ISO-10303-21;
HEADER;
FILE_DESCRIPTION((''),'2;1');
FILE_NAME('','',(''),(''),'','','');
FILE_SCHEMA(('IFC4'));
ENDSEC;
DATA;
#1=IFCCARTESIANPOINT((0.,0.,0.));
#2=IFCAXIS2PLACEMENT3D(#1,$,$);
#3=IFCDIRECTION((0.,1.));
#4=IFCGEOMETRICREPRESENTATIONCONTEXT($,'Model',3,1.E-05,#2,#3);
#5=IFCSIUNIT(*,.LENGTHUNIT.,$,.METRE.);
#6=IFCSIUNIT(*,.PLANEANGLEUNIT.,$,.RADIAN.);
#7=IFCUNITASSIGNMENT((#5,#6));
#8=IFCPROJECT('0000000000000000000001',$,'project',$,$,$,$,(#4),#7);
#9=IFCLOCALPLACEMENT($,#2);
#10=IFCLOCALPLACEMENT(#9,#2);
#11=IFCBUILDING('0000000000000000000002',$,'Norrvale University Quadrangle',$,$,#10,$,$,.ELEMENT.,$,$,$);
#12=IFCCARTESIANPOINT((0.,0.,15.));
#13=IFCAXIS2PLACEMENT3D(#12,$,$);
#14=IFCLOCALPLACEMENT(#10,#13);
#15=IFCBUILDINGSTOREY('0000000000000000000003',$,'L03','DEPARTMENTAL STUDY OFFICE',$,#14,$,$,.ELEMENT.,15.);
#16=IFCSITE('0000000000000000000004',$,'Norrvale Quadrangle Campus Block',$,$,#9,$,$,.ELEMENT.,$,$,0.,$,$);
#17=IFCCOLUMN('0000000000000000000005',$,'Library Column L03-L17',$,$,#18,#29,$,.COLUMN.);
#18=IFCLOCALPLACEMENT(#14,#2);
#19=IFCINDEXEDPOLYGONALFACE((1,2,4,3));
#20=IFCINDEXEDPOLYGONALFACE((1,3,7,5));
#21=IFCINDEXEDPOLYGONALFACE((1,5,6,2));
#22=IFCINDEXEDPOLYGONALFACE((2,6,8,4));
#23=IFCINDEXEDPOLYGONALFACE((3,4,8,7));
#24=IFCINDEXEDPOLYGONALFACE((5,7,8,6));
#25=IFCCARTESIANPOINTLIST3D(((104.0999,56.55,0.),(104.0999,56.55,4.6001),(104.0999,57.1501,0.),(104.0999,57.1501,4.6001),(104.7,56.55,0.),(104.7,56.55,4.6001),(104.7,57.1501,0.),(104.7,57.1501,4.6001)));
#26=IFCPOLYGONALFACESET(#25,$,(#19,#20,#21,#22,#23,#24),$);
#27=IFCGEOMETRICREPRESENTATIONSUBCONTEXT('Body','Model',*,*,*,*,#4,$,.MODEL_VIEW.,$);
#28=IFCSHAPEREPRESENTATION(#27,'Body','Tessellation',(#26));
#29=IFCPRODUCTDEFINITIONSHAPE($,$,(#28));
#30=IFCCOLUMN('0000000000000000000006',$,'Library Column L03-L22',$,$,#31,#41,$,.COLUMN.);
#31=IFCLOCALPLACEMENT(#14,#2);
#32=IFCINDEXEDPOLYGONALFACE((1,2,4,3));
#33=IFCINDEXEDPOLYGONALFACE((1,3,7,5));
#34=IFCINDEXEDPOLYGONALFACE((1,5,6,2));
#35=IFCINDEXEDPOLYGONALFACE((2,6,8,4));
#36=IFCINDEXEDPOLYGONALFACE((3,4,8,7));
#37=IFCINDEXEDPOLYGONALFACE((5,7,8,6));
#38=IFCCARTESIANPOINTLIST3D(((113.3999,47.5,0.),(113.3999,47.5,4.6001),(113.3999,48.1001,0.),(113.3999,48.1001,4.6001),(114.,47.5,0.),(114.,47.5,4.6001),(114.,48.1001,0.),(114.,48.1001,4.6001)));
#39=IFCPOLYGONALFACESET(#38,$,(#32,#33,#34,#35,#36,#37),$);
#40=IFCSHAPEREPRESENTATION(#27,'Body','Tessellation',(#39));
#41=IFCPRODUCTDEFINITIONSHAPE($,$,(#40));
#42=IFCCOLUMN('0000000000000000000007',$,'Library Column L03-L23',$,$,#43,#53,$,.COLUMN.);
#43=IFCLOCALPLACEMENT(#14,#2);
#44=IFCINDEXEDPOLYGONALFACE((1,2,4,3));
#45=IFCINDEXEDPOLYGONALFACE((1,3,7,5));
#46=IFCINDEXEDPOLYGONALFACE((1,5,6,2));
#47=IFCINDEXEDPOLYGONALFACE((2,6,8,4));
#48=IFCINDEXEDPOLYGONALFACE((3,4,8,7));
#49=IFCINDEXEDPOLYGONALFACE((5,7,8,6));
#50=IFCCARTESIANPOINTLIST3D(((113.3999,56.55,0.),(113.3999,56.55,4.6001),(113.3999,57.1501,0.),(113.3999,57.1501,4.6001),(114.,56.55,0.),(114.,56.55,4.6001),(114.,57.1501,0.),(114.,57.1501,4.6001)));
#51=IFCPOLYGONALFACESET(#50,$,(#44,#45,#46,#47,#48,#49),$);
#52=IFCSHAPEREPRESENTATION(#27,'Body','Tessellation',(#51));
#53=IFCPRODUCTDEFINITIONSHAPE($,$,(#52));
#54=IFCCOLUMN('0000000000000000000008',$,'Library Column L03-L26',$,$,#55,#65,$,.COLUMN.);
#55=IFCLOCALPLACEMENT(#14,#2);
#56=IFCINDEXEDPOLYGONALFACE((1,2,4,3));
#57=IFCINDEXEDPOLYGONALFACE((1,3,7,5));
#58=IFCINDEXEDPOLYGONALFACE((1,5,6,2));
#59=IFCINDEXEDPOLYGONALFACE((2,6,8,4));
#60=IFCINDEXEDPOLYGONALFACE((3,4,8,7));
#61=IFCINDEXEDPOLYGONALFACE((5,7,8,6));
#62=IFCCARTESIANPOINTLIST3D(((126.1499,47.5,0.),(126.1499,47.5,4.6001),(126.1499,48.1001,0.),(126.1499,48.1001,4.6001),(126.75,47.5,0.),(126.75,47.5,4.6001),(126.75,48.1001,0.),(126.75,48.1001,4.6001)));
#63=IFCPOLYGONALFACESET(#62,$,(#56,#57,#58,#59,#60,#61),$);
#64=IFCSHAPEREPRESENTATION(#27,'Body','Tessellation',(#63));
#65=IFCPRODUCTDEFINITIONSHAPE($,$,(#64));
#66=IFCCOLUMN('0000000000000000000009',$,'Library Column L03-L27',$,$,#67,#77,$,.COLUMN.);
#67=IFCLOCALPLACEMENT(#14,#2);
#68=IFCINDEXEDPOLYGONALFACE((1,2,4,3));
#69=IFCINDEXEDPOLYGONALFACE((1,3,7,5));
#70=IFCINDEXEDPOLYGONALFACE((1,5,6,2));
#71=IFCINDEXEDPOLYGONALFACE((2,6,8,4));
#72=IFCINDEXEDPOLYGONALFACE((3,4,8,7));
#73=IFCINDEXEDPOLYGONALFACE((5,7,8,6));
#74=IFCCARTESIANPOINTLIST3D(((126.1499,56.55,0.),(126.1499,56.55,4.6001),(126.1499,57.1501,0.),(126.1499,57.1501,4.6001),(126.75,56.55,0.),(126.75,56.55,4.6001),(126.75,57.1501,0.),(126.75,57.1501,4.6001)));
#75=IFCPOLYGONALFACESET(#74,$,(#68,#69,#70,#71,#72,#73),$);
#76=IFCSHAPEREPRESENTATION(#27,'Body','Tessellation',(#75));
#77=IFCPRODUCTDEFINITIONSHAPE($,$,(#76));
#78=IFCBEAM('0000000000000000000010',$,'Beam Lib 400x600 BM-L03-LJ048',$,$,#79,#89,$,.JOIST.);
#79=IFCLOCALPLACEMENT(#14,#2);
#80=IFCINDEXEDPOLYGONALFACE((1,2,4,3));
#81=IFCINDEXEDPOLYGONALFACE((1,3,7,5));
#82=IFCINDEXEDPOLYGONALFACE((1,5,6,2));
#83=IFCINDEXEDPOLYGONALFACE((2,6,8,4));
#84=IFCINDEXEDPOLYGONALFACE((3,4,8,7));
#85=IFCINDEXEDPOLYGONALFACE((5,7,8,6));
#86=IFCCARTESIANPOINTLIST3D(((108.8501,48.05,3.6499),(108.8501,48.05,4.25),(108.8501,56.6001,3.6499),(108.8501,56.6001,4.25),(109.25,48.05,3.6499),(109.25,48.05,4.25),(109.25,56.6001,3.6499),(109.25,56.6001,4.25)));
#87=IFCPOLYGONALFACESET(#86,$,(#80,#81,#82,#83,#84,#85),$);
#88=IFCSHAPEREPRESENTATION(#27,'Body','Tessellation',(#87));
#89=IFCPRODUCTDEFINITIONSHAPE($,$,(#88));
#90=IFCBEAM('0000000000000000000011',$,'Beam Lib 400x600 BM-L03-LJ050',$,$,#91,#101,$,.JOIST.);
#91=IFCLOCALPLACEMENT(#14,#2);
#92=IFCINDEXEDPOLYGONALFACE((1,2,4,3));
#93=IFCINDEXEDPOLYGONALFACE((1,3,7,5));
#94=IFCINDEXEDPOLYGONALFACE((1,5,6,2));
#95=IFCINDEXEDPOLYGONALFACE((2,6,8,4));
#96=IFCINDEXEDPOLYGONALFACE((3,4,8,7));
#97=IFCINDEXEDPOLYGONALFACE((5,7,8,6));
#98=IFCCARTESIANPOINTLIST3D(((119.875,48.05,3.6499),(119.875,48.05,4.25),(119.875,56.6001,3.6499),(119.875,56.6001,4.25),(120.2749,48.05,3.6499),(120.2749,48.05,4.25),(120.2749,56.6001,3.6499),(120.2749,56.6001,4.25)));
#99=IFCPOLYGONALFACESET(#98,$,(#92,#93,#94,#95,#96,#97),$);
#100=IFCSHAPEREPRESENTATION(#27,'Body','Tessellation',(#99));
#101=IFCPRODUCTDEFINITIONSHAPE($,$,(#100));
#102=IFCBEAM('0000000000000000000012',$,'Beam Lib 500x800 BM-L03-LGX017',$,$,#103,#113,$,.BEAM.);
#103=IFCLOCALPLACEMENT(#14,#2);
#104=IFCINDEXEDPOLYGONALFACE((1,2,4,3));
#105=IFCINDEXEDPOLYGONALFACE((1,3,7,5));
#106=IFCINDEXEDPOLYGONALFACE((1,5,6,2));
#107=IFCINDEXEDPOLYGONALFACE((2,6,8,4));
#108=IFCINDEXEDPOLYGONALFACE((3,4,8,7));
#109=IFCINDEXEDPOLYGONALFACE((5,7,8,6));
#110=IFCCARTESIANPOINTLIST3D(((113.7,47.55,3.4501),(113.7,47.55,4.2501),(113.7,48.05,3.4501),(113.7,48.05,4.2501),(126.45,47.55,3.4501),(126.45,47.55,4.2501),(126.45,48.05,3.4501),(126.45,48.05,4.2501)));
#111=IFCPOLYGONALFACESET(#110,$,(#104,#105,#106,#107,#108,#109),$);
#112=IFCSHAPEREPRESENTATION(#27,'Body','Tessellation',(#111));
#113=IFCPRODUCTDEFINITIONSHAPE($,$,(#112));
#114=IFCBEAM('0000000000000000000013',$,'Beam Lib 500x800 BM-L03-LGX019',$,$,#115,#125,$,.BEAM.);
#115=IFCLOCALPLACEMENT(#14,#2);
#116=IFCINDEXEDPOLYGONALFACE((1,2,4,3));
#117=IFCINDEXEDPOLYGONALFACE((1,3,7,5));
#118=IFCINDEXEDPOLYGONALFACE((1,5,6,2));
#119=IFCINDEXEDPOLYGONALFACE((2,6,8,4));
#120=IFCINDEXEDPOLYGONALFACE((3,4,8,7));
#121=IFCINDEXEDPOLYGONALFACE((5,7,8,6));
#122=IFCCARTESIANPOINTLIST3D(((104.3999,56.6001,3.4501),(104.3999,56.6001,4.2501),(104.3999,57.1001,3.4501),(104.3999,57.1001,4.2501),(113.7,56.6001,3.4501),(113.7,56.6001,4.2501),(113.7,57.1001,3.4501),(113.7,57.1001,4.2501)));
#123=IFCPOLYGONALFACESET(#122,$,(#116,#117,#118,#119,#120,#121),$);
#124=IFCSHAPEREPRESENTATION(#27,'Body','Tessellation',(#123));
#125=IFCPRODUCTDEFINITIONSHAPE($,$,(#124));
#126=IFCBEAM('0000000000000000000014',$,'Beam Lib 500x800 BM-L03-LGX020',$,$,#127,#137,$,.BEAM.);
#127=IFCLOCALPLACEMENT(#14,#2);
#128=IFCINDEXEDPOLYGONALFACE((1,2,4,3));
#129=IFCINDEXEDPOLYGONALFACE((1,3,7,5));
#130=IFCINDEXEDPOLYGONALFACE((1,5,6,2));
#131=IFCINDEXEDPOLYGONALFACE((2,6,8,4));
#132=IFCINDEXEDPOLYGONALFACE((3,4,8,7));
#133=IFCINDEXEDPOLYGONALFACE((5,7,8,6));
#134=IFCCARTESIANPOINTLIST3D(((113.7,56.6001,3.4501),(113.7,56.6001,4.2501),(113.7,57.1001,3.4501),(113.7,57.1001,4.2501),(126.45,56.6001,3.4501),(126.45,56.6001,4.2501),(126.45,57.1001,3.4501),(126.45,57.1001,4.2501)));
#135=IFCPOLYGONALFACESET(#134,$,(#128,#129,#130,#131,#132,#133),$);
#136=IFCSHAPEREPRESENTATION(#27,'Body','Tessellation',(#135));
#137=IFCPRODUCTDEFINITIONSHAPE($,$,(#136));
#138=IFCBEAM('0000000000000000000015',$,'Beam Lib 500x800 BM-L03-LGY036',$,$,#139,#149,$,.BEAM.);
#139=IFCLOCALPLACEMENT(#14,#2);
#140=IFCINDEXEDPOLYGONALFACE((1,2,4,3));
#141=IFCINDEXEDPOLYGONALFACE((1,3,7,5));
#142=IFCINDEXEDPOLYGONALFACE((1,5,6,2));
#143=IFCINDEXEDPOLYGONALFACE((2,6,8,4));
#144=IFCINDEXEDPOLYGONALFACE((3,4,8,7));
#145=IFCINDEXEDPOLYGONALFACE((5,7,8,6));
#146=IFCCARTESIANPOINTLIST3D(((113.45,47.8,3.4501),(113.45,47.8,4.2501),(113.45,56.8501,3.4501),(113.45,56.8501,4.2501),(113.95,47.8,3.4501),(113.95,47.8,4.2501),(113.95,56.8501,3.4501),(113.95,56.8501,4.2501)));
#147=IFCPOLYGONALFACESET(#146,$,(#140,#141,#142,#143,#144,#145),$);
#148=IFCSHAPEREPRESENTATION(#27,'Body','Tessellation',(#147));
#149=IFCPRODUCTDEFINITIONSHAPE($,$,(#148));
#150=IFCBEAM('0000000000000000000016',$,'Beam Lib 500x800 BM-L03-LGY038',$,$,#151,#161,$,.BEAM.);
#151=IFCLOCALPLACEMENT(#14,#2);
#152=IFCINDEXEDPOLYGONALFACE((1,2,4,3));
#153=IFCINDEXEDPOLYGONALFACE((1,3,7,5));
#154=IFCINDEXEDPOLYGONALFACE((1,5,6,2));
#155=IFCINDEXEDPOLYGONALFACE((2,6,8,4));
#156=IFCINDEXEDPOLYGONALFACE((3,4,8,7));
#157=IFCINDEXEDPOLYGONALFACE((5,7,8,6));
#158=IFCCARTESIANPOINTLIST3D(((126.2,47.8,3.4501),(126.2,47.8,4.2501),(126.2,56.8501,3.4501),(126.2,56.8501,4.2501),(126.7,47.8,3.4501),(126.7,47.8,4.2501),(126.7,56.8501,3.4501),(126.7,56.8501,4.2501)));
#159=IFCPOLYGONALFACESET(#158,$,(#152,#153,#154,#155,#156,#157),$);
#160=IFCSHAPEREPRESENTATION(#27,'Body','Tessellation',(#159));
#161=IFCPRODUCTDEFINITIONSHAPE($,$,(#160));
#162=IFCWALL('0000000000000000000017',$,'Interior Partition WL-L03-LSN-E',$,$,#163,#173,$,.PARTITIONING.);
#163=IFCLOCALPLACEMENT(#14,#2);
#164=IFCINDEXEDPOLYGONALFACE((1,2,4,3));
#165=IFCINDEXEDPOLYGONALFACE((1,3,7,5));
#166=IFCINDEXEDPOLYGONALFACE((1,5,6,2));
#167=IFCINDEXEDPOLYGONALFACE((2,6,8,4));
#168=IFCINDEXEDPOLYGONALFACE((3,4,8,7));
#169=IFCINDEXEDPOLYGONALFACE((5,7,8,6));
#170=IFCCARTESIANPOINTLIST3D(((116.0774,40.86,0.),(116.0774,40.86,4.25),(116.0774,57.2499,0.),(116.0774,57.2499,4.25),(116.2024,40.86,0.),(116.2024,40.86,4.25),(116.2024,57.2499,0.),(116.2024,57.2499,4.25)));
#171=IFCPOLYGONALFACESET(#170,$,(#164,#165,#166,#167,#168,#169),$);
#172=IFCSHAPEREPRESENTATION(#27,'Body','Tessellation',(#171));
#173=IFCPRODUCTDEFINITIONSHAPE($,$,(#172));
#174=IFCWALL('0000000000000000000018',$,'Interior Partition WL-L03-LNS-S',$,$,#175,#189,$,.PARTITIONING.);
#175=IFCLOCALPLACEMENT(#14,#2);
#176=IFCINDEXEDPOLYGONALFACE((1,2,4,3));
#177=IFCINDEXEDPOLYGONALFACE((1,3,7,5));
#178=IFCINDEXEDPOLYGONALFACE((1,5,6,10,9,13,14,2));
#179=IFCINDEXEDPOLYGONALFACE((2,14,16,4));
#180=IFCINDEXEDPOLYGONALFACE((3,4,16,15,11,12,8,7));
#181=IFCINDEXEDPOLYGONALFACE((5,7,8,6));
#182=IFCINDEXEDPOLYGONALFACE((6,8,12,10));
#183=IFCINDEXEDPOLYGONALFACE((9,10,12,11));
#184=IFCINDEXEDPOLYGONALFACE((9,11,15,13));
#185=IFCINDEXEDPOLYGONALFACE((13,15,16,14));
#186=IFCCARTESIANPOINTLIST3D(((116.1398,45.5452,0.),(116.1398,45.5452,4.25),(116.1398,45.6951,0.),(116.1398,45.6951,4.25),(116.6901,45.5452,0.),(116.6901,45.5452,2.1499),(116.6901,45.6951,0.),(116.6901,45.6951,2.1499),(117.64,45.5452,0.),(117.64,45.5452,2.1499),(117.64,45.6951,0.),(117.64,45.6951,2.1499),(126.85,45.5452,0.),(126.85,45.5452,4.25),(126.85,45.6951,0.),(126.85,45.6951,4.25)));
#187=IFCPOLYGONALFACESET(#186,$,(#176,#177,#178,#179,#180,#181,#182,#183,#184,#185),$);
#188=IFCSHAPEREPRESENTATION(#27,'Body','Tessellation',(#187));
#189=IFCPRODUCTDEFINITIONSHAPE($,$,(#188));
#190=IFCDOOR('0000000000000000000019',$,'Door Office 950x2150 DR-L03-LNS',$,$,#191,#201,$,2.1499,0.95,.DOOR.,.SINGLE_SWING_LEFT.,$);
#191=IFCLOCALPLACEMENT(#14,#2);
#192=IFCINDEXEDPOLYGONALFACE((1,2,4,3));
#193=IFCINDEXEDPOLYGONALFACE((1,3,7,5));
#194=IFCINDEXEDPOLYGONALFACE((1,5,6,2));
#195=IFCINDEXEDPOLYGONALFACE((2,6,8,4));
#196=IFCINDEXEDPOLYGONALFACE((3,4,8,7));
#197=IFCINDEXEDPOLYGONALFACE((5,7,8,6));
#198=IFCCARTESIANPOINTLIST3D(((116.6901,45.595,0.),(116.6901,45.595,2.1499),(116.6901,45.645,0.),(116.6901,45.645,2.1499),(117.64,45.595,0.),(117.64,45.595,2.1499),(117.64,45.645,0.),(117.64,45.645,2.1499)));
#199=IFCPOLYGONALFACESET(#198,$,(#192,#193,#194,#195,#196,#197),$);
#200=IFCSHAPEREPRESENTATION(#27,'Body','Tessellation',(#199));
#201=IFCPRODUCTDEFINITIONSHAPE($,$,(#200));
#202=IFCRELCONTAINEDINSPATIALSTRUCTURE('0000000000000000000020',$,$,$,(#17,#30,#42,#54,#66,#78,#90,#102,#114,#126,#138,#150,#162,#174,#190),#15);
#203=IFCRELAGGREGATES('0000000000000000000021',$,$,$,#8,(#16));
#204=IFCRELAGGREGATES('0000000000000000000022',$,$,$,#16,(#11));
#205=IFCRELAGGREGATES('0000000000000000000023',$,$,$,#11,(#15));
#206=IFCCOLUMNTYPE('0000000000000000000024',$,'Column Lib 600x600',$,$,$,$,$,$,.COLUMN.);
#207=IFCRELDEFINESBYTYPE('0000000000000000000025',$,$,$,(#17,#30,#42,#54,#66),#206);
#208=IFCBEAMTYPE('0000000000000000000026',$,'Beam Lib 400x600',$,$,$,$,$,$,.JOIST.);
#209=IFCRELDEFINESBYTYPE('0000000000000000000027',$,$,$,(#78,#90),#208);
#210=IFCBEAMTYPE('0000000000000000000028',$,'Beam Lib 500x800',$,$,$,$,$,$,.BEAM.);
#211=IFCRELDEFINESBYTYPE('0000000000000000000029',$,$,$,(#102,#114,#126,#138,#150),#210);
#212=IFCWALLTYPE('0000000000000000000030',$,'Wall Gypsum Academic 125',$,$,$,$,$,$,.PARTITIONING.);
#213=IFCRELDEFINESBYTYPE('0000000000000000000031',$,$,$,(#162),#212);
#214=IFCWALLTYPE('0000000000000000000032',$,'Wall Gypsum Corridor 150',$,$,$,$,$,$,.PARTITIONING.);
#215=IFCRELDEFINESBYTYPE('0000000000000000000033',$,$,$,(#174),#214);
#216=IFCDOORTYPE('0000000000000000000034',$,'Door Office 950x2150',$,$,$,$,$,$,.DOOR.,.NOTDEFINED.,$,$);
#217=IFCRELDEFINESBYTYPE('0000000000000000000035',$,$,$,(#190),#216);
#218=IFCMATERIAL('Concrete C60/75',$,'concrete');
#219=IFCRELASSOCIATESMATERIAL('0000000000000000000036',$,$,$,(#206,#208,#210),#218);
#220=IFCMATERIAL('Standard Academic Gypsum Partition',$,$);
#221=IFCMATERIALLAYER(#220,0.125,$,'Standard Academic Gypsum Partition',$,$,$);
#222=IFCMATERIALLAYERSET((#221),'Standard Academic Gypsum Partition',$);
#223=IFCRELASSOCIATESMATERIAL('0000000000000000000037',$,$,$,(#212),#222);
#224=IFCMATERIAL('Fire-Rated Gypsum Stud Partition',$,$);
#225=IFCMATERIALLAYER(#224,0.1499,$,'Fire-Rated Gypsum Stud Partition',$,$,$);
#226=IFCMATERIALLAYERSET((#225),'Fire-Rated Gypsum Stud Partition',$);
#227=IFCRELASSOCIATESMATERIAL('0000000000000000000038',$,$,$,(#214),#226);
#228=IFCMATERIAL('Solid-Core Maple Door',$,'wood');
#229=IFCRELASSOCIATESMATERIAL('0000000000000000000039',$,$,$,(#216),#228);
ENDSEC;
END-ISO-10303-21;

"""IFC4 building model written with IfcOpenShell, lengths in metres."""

from ifc_helpers import new_model, si_unit, direction, frame, frame_2d, origin, origin_2d, place, context, subcontext, project, spatial, rectangle, extrude, material, layer, layer_set, material_profile, profile_set, type_object, element, fill, save


model = new_model("IFC4")

# Units and contexts
model_context = context("Model", 3, precision=1e-05, world=origin(), true_north=direction((0.0, 1.0)))
body_context = subcontext(model_context, "Body", "Model", "MODEL_VIEW")
ifc_project = project(units=[si_unit("LENGTHUNIT", "METRE"), si_unit("PLANEANGLEUNIT", "RADIAN")], contexts=[model_context])

# Site, building, storey
site_placement = place(None, origin())
site = spatial("IfcSite", under=ifc_project, at=site_placement, Name="Norrvale Quadrangle Campus Block", CompositionType="ELEMENT", RefElevation=0.0)
building_placement = place(site_placement, origin())
building = spatial("IfcBuilding", under=site, at=building_placement, Name="Norrvale University Quadrangle", CompositionType="ELEMENT")
storey_placement = place(building_placement, frame((0.0, 0.0, 15.0)))
storey = spatial("IfcBuildingStorey", under=building, at=storey_placement, Name="L03", Description="DEPARTMENTAL STUDY OFFICE", CompositionType="ELEMENT", Elevation=15.0)

# Columns
ifc_material_1 = material(Name="Concrete C60/75", Category="concrete")
ifc_material_profile_1 = material_profile(ifc_material_1, rectangle(XDim=0.6001, YDim=0.6001, at=origin_2d()), Name="Concrete C60/75")
ifc_profile_set_1 = profile_set([ifc_material_profile_1], Name="Concrete C60/75")
column_type = type_object("IfcColumnType", Name="Column Lib 600x600", PredefinedType="COLUMN", material=ifc_profile_set_1)
for number, where, z_axis, x_axis, name in (
    (1, (104.3999, 56.8501, 0.0), (0.0, 0.0, 1.0), (1.0, 0.0, 0.0), "Library Column L03-L17"),
    (2, (113.7, 47.8, 0.0), (0.0, 0.0, 1.0), (1.0, 0.0, 0.0), "Library Column L03-L22"),
    (3, (113.7, 56.8501, 0.0), (0.0, 0.0, 1.0), (1.0, 0.0, 0.0), "Library Column L03-L23"),
    (4, (126.45, 47.8, 0.0), (0.0, 0.0, 1.0), (1.0, 0.0, 0.0), "Library Column L03-L26"),
    (5, (126.45, 56.8501, 0.0), (0.0, 0.0, 1.0), (1.0, 0.0, 0.0), "Library Column L03-L27"),
):
    element("IfcColumn", number, at=place(storey_placement, frame(where, z_axis=z_axis, x_axis=x_axis)), inside=storey, type_object=column_type, Name=name, PredefinedType="COLUMN", context=body_context, shape_type="SweptSolid", body=[
        extrude(rectangle(XDim=0.6001, YDim=0.6001, at=origin_2d()), origin(), (0.0, 0.0, 1.0), 4.6001),
    ])

# Beams
ifc_material_profile_2 = material_profile(ifc_material_1, rectangle(XDim=0.3999, YDim=0.6001, at=origin_2d()), Name="Concrete C60/75")
ifc_profile_set_2 = profile_set([ifc_material_profile_2], Name="Concrete C60/75")
beam_type_1 = type_object("IfcBeamType", Name="Beam Lib 400x600", PredefinedType="JOIST", material=ifc_profile_set_2)
for number, where, z_axis, x_axis, name in (
    (6, (109.05, 48.05, 3.95), (0.0, 1.0, 0.0), (-1.0, 0.0, 0.0), "Beam Lib 400x600 BM-L03-LJ048"),
    (7, (120.075, 48.05, 3.95), (0.0, 1.0, 0.0), (-1.0, 0.0, 0.0), "Beam Lib 400x600 BM-L03-LJ050"),
):
    element("IfcBeam", number, at=place(storey_placement, frame(where, z_axis=z_axis, x_axis=x_axis)), inside=storey, type_object=beam_type_1, Name=name, PredefinedType="JOIST", context=body_context, shape_type="SweptSolid", body=[
        extrude(rectangle(XDim=0.3999, YDim=0.6001, at=origin_2d()), origin(), (0.0, 0.0, 1.0), 8.55),
    ])
ifc_material_profile_3 = material_profile(ifc_material_1, rectangle(XDim=0.5, YDim=0.8, at=origin_2d()), Name="Concrete C60/75")
ifc_profile_set_3 = profile_set([ifc_material_profile_3], Name="Concrete C60/75")
beam_type_2 = type_object("IfcBeamType", Name="Beam Lib 500x800", PredefinedType="BEAM", material=ifc_profile_set_3)
beam_1_placement = place(storey_placement, frame((113.7, 47.8, 3.8501), z_axis=(1.0, 0.0, 0.0), x_axis=(0.0, 1.0, 0.0)))
element("IfcBeam", 8, at=beam_1_placement, inside=storey, type_object=beam_type_2, Name="Beam Lib 500x800 BM-L03-LGX017", PredefinedType="BEAM", context=body_context, shape_type="SweptSolid", body=[
    extrude(rectangle(XDim=0.5, YDim=0.8, at=origin_2d()), origin(), (0.0, 0.0, 1.0), 12.75),
])
beam_2_placement = place(storey_placement, frame((104.3999, 56.8501, 3.8501), z_axis=(1.0, 0.0, 0.0), x_axis=(0.0, 1.0, 0.0)))
element("IfcBeam", 9, at=beam_2_placement, inside=storey, type_object=beam_type_2, Name="Beam Lib 500x800 BM-L03-LGX019", PredefinedType="BEAM", context=body_context, shape_type="SweptSolid", body=[
    extrude(rectangle(XDim=0.5, YDim=0.8, at=origin_2d()), origin(), (0.0, 0.0, 1.0), 9.3),
])
beam_3_placement = place(storey_placement, frame((113.7, 56.8501, 3.8501), z_axis=(1.0, 0.0, 0.0), x_axis=(0.0, 1.0, 0.0)))
element("IfcBeam", 10, at=beam_3_placement, inside=storey, type_object=beam_type_2, Name="Beam Lib 500x800 BM-L03-LGX020", PredefinedType="BEAM", context=body_context, shape_type="SweptSolid", body=[
    extrude(rectangle(XDim=0.5, YDim=0.8, at=origin_2d()), origin(), (0.0, 0.0, 1.0), 12.75),
])
for number, where, z_axis, x_axis, name in (
    (11, (113.7, 47.8, 3.8501), (0.0, 1.0, 0.0), (-1.0, 0.0, 0.0), "Beam Lib 500x800 BM-L03-LGY036"),
    (12, (126.45, 47.8, 3.8501), (0.0, 1.0, 0.0), (-1.0, 0.0, 0.0), "Beam Lib 500x800 BM-L03-LGY038"),
):
    element("IfcBeam", number, at=place(storey_placement, frame(where, z_axis=z_axis, x_axis=x_axis)), inside=storey, type_object=beam_type_2, Name=name, PredefinedType="BEAM", context=body_context, shape_type="SweptSolid", body=[
        extrude(rectangle(XDim=0.5, YDim=0.8, at=origin_2d()), origin(), (0.0, 0.0, 1.0), 9.05),
    ])

# Wall
ifc_material_2 = material(Name="Standard Academic Gypsum Partition")
ifc_layer_1 = layer(ifc_material_2, 0.125, Name="Standard Academic Gypsum Partition")
ifc_layer_set_1 = layer_set([ifc_layer_1], Name="Standard Academic Gypsum Partition")
wall_type_1 = type_object("IfcWallType", Name="Wall Gypsum Academic 125", PredefinedType="PARTITIONING", material=ifc_layer_set_1)
wall_1_placement = place(storey_placement, frame((116.1399, 40.8601, 0.0), z_axis=(0.0, 0.0, 1.0), x_axis=(0.0, 1.0, 0.0)))
element("IfcWall", 13, at=wall_1_placement, inside=storey, type_object=wall_type_1, Name="Interior Partition WL-L03-LSN-E", PredefinedType="PARTITIONING", context=body_context, shape_type="SweptSolid", body=[
    extrude(rectangle(XDim=16.3899, YDim=0.125, at=frame_2d((8.1948, 0.0))), origin(), (0.0, 0.0, 1.0), 4.25),
])

# Wall, opening, door
ifc_material_3 = material(Name="Fire-Rated Gypsum Stud Partition")
ifc_layer_2 = layer(ifc_material_3, 0.1499, Name="Fire-Rated Gypsum Stud Partition")
ifc_layer_set_2 = layer_set([ifc_layer_2], Name="Fire-Rated Gypsum Stud Partition")
wall_type_2 = type_object("IfcWallType", Name="Wall Gypsum Corridor 150", PredefinedType="PARTITIONING", material=ifc_layer_set_2)
wall_2_placement = place(storey_placement, frame((116.1399, 45.6201, 0.0), z_axis=(0.0, 0.0, 1.0), x_axis=(1.0, 0.0, 0.0)))
wall_2 = element("IfcWall", 14, at=wall_2_placement, inside=storey, type_object=wall_type_2, Name="Interior Partition WL-L03-LNS-S", PredefinedType="PARTITIONING", context=body_context, shape_type="SweptSolid", body=[
    extrude(rectangle(XDim=10.7102, YDim=0.1499, at=frame_2d((5.355, 0.0))), origin(), (0.0, 0.0, 1.0), 4.25),
])
opening_placement = place(wall_2_placement, frame((0.55, 0.0, 0.0)))
opening = element("IfcOpeningElement", 15, at=opening_placement, cuts=wall_2, PredefinedType="OPENING", context=body_context, shape_type="SweptSolid", body=[
    extrude(rectangle(XDim=0.95, YDim=2.1499, at=frame_2d((0.4751, 1.075))), frame((0.0, 0.0869, 0.0), z_axis=(0.0, -1.0, 0.0), x_axis=(1.0, 0.0, 0.0)), (0.0, 0.0, 1.0), 0.1738),
])
ifc_material_4 = material(Name="Solid-Core Maple Door", Category="wood")
door_type = type_object("IfcDoorType", Name="Door Office 950x2150", OperationType="NOTDEFINED", PredefinedType="DOOR", material=ifc_material_4)
door_placement = place(opening_placement, origin())
door = element("IfcDoor", 16, at=door_placement, inside=storey, type_object=door_type, Name="Door Office 950x2150 DR-L03-LNS", OperationType="SINGLE_SWING_LEFT", OverallHeight=2.1499, OverallWidth=0.95, PredefinedType="DOOR", context=body_context, shape_type="SweptSolid", body=[
    extrude(rectangle(XDim=0.95, YDim=2.1499, at=frame_2d((0.4751, 1.075))), frame((0.0, 0.0249, 0.0), z_axis=(0.0, -1.0, 0.0), x_axis=(1.0, 0.0, 0.0)), (0.0, 0.0, 1.0), 0.05),
])
fill(opening, door)

save(model, "model.ifc")
